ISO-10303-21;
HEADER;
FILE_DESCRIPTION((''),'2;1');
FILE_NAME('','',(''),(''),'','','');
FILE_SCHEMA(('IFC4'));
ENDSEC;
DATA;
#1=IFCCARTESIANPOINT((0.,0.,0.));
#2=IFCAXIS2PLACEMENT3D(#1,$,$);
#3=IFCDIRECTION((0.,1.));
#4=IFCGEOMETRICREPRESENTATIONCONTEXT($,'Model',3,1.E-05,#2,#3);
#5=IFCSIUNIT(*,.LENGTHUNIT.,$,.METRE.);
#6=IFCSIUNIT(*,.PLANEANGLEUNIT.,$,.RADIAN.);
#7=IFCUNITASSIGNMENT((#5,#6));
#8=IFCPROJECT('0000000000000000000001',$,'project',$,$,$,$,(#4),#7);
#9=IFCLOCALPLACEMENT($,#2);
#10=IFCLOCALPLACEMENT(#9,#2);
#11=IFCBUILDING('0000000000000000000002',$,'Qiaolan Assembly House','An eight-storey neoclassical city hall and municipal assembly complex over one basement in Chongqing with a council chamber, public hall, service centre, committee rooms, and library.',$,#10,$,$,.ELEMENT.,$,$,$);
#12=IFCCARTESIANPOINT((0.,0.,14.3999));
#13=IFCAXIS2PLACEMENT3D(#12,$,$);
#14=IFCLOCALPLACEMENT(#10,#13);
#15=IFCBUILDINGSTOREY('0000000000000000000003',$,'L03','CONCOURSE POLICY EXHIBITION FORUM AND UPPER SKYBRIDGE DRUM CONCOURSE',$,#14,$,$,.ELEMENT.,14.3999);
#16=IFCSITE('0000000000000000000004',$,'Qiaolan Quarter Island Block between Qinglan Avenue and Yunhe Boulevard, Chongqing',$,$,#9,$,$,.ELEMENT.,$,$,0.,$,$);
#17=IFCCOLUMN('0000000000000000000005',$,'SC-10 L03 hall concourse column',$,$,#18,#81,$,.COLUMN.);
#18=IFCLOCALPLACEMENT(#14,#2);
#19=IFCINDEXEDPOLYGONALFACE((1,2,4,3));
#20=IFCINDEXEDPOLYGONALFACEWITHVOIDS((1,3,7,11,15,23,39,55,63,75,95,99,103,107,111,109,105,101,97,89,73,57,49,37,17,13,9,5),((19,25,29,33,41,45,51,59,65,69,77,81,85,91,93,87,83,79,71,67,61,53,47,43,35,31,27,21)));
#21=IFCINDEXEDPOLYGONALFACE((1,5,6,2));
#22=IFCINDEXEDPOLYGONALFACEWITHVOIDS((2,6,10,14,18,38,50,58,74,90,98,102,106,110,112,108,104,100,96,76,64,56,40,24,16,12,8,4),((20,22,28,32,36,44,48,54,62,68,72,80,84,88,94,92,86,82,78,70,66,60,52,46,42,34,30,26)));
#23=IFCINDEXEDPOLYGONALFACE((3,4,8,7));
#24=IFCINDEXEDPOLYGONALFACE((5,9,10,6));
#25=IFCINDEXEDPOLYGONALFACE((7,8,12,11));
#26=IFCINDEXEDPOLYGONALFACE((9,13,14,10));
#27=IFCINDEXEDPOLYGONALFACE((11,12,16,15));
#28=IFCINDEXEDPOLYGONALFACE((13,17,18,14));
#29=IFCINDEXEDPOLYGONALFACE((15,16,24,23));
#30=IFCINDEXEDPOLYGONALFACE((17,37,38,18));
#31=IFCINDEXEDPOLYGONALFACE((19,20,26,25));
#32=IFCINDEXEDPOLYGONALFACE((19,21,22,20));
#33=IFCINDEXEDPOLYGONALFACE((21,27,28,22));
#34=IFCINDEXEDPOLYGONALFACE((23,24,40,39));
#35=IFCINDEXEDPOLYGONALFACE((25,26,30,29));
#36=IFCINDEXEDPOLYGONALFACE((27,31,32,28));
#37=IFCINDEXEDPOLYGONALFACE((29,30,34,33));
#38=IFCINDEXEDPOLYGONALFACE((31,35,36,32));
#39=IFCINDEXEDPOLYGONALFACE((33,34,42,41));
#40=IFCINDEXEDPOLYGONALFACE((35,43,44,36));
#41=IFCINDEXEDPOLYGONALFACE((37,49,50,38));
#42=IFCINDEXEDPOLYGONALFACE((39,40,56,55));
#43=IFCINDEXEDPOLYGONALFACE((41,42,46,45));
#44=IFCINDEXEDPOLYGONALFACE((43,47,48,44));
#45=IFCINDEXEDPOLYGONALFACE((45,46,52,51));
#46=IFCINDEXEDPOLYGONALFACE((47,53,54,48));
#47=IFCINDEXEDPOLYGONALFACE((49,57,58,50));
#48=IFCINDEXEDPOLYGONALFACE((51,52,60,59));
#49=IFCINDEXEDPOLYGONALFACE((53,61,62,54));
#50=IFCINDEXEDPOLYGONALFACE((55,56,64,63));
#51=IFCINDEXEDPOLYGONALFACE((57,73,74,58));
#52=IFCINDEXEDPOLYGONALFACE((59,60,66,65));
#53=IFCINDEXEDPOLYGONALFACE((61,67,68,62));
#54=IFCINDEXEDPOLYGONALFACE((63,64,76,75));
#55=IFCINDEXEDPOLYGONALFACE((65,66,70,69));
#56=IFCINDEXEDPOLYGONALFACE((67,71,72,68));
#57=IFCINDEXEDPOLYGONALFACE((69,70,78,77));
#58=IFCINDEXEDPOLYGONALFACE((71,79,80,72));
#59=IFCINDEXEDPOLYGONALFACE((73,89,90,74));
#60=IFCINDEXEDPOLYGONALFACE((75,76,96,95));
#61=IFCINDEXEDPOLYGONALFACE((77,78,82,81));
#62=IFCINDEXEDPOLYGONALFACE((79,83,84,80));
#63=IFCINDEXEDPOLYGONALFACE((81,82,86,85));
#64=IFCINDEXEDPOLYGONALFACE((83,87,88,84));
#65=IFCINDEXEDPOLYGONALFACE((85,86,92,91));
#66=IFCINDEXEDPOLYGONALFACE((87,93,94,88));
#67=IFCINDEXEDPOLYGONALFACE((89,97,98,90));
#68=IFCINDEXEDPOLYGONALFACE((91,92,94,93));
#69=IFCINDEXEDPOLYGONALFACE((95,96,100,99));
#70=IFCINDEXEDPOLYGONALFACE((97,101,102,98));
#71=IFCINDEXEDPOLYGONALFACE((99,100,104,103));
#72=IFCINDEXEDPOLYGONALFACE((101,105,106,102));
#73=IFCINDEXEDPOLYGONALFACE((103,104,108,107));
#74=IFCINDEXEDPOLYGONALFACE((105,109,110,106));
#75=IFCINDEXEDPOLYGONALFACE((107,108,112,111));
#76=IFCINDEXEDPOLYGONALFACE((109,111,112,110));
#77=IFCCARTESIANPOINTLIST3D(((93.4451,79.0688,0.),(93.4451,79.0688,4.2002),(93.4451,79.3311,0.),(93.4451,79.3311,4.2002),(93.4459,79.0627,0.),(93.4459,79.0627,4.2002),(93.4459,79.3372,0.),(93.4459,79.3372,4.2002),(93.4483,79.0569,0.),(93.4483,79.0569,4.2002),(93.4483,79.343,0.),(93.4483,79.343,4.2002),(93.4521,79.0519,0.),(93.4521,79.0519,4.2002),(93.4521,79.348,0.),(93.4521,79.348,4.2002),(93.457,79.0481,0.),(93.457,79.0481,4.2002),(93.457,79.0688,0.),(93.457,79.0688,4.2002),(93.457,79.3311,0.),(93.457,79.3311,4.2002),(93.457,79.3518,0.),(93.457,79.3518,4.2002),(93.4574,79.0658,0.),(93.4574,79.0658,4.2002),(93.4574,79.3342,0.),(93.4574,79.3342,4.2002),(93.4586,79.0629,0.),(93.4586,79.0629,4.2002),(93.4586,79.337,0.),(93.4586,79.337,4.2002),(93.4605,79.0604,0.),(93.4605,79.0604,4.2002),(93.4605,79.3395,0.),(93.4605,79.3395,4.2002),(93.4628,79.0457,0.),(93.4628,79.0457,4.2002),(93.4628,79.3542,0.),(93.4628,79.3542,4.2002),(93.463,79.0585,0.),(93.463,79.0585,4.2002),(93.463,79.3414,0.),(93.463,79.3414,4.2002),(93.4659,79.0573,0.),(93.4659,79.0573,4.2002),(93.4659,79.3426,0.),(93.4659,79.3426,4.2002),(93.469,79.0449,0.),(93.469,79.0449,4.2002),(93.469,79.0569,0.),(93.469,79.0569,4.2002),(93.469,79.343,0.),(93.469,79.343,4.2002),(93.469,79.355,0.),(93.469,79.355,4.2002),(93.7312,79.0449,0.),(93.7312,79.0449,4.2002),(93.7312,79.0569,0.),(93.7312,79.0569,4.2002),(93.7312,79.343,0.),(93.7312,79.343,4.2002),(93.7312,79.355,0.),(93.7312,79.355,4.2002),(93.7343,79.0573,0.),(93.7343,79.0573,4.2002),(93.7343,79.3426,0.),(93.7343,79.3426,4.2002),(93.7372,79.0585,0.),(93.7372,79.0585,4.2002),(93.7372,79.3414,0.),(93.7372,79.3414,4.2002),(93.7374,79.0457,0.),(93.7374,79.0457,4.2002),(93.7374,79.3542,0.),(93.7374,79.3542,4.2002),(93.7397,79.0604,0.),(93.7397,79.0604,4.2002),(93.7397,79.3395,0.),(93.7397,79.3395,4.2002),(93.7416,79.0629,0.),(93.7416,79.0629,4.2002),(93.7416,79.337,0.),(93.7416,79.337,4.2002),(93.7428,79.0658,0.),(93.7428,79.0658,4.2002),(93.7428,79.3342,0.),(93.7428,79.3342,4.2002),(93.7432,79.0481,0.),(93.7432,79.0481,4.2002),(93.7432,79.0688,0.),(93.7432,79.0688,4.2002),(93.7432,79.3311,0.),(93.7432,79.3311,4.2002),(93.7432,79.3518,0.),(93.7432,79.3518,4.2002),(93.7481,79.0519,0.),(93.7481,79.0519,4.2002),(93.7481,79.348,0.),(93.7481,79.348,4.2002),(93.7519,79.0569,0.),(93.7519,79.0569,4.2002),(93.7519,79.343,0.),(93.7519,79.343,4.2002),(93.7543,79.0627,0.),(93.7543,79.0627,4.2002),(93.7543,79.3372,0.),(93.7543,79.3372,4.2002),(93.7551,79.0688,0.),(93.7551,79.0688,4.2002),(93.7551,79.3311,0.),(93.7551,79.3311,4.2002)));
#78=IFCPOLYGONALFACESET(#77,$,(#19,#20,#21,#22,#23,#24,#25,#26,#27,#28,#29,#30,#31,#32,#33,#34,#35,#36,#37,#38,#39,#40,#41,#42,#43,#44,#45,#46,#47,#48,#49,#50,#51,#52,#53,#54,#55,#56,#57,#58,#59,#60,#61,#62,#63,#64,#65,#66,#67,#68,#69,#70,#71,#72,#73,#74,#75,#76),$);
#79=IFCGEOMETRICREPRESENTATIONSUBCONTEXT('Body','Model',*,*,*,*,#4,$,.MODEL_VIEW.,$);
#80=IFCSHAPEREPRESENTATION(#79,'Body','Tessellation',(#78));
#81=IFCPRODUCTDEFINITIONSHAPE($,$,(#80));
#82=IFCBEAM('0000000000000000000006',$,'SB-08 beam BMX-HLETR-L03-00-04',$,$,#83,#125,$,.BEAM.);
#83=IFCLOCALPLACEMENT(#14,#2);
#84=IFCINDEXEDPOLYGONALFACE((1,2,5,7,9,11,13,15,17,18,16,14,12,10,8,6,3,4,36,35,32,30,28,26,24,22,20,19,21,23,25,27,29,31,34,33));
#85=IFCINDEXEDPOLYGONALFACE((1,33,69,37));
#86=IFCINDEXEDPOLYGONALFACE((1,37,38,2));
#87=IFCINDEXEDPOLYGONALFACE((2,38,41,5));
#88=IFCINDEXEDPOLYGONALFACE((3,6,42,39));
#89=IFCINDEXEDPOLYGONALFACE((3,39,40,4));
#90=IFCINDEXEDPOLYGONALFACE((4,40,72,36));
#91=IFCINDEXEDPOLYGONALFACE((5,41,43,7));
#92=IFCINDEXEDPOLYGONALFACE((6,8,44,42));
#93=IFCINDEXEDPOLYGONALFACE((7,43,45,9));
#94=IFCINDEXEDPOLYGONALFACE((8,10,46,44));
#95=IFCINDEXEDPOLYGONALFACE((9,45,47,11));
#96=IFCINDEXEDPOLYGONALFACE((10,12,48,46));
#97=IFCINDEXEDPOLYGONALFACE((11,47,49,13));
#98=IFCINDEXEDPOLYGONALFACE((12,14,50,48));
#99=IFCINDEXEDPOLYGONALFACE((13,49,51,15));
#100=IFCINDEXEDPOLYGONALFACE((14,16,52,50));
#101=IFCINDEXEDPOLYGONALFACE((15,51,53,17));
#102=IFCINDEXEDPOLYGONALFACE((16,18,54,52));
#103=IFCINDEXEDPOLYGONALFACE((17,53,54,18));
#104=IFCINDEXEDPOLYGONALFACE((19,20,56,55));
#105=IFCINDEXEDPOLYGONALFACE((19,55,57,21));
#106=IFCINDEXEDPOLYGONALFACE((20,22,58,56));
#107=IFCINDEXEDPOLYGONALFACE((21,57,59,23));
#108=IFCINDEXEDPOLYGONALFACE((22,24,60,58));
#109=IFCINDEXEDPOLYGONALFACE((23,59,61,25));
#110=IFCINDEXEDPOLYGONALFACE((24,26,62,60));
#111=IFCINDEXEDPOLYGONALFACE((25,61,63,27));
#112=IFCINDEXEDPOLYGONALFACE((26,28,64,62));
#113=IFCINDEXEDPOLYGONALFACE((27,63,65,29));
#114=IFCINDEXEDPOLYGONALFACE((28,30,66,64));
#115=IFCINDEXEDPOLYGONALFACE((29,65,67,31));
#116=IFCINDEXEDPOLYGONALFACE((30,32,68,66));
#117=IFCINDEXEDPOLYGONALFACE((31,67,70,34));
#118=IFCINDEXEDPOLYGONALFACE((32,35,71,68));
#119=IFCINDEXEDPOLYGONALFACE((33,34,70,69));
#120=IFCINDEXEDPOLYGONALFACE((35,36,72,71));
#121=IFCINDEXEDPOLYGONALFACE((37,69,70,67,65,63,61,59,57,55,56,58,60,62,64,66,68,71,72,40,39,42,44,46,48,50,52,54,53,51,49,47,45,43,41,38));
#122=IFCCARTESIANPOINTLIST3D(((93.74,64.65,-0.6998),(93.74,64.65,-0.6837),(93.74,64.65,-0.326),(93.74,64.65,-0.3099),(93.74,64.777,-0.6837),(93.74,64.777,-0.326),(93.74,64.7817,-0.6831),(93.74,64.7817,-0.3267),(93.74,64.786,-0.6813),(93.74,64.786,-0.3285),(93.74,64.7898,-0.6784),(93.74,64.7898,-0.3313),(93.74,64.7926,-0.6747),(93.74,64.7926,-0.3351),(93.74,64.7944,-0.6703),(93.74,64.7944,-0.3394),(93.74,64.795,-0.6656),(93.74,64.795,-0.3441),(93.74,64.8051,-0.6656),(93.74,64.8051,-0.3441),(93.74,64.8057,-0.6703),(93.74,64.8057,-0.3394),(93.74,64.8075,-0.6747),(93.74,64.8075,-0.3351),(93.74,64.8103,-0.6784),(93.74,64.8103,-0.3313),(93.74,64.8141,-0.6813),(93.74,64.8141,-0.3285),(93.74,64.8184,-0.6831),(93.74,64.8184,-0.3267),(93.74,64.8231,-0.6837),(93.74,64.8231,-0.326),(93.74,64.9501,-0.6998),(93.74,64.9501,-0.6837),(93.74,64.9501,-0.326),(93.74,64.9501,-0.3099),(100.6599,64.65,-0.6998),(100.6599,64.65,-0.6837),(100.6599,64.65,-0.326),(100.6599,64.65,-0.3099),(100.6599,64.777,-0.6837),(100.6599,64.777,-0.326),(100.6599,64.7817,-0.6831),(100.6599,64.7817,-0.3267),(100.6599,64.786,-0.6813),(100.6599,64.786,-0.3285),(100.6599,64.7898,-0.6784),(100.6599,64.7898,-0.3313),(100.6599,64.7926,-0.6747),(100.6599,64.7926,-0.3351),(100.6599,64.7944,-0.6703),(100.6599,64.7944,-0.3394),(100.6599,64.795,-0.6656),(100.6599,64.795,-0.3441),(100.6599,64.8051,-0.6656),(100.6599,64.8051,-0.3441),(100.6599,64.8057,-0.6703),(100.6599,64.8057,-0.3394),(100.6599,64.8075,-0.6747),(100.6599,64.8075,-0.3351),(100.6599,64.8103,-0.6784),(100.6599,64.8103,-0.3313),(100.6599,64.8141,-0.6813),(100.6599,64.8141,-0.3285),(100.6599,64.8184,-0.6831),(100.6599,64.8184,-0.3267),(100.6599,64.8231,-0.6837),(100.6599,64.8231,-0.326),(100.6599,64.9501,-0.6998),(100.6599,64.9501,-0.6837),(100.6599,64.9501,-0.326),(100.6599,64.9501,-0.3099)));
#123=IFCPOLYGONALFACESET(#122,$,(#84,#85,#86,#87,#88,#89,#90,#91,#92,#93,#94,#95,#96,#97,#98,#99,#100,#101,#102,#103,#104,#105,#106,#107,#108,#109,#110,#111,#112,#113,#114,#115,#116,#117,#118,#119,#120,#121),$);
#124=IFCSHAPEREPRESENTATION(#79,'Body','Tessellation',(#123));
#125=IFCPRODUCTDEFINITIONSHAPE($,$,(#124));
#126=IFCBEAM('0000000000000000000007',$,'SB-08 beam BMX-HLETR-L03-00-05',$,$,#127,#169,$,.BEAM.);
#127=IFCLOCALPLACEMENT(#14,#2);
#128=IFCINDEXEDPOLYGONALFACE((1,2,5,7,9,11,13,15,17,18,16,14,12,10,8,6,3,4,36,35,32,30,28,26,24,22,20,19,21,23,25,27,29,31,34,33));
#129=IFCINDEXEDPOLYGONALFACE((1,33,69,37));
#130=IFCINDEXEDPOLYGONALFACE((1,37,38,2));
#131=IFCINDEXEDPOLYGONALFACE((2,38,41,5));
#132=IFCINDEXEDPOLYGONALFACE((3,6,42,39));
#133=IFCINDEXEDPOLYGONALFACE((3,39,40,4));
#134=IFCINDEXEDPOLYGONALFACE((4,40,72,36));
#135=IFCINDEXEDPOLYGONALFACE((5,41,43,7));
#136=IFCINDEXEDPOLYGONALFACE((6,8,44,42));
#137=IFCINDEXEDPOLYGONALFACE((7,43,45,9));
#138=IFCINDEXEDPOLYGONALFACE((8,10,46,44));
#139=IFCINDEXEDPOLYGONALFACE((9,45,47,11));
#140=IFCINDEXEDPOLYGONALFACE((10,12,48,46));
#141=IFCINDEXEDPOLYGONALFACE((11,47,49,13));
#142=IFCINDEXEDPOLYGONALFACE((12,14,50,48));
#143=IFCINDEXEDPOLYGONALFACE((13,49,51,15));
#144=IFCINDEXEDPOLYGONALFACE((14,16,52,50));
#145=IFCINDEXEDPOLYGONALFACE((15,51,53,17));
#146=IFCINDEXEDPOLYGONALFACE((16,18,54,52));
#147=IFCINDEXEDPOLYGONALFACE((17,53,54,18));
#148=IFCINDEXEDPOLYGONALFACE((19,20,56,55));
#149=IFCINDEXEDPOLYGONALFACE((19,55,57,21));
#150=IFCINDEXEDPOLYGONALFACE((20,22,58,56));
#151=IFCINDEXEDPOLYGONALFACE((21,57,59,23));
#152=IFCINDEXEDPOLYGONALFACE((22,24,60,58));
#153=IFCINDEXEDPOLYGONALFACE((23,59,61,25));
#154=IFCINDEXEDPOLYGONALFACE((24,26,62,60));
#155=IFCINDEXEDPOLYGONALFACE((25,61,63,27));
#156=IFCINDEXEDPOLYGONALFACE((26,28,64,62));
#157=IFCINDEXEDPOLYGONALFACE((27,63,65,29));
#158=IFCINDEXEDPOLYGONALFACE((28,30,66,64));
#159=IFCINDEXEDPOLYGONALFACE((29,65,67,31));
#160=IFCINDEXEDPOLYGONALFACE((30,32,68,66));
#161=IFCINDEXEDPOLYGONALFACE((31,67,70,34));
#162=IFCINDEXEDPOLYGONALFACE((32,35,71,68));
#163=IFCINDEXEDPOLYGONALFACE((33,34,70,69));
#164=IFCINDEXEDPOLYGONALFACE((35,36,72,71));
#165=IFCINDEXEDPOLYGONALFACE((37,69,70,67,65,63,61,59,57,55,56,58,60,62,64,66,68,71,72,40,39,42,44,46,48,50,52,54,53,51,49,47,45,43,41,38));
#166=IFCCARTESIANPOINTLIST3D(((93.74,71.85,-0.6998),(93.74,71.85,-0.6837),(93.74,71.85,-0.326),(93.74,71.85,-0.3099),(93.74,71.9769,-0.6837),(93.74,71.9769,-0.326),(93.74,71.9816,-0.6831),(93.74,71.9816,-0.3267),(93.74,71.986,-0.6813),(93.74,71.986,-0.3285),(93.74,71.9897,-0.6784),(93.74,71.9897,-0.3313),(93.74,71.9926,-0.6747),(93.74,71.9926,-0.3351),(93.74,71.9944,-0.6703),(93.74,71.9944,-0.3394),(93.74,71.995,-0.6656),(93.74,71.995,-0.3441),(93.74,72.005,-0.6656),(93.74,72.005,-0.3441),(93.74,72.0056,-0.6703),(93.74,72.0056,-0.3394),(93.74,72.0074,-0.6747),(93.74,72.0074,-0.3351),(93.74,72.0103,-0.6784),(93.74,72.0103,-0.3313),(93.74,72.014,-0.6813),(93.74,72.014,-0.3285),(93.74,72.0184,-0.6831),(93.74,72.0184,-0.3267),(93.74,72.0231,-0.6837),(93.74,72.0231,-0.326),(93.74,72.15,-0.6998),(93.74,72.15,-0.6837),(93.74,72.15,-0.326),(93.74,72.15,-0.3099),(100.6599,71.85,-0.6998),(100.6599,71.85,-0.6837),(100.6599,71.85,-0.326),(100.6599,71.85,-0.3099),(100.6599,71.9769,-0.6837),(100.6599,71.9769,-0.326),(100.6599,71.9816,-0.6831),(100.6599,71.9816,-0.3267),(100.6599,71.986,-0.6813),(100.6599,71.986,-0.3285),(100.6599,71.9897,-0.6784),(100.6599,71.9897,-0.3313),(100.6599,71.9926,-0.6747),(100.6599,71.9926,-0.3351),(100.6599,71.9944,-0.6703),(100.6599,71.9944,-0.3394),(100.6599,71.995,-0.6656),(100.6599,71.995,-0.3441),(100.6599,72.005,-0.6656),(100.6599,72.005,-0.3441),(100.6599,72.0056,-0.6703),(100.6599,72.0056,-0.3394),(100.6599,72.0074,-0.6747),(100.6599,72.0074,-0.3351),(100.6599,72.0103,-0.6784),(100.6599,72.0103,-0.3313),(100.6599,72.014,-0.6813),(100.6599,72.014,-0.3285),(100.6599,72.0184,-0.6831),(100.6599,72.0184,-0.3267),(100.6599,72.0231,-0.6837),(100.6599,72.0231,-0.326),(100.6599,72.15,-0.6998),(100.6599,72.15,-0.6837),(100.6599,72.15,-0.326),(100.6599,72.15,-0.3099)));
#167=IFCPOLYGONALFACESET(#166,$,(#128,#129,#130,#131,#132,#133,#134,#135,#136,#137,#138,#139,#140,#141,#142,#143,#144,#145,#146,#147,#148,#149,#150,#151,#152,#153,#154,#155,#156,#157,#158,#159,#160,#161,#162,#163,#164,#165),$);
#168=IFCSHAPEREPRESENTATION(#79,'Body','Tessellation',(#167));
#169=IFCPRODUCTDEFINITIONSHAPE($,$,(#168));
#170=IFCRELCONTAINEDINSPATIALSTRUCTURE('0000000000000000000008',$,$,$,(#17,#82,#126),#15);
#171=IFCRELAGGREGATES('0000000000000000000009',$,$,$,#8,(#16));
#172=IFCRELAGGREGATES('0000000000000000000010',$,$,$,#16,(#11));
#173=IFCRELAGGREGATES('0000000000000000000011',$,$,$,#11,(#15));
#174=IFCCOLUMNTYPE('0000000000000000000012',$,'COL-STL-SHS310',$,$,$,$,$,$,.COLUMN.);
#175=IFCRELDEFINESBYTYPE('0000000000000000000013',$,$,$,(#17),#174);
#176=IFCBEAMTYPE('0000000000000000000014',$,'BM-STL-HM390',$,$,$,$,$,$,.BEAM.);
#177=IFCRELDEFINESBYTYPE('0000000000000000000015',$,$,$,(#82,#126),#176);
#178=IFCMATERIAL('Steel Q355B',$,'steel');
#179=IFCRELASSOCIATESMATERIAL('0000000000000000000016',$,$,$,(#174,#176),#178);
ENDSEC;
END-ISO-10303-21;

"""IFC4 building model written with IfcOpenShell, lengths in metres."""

from ifc_helpers import new_model, si_unit, direction, frame, origin, origin_2d, place, context, subcontext, project, spatial, hollow_rectangle, i_section, extrude, material, material_profile, profile_set, type_object, element, save


model = new_model("IFC4")

# Units and contexts
model_context = context("Model", 3, precision=1e-05, world=origin(), true_north=direction((0.0, 1.0)))
body_context = subcontext(model_context, "Body", "Model", "MODEL_VIEW")
ifc_project = project(units=[si_unit("LENGTHUNIT", "METRE"), si_unit("PLANEANGLEUNIT", "RADIAN")], contexts=[model_context])

# Site, building, storey
site_placement = place(None, origin())
site = spatial("IfcSite", under=ifc_project, at=site_placement, Name="Qiaolan Quarter Island Block between Qinglan Avenue and Yunhe Boulevard, Chongqing", CompositionType="ELEMENT", RefElevation=0.0)
building_placement = place(site_placement, origin())
building = spatial("IfcBuilding", under=site, at=building_placement, Name="Qiaolan Assembly House", Description="An eight-storey neoclassical city hall and municipal assembly complex over one basement in Chongqing with a council chamber, public hall, service centre, committee rooms, and library.", CompositionType="ELEMENT")
storey_placement = place(building_placement, frame((0.0, 0.0, 14.3999)))
storey = spatial("IfcBuildingStorey", under=building, at=storey_placement, Name="L03", Description="CONCOURSE POLICY EXHIBITION FORUM AND UPPER SKYBRIDGE DRUM CONCOURSE", CompositionType="ELEMENT", Elevation=14.3999)

# Column
ifc_material_1 = material(Name="Steel Q355B", Category="steel")
ifc_material_profile_1 = material_profile(ifc_material_1, hollow_rectangle(XDim=0.3101, YDim=0.3101, WallThickness=0.012, InnerFilletRadius=0.012, OuterFilletRadius=0.0239, at=origin_2d()), Name="SHS 310x310x12")
ifc_profile_set_1 = profile_set([ifc_material_profile_1], Name="Steel Q355B")
column_type = type_object("IfcColumnType", Name="COL-STL-SHS310", PredefinedType="COLUMN", material=ifc_profile_set_1)
column_placement = place(storey_placement, frame((93.6001, 79.2, 0.0), z_axis=(0.0, 0.0, 1.0), x_axis=(1.0, 0.0, 0.0)))
element("IfcColumn", 1, at=column_placement, inside=storey, type_object=column_type, Name="SC-10 L03 hall concourse column", PredefinedType="COLUMN", context=body_context, shape_type="SweptSolid", body=[
    extrude(hollow_rectangle(XDim=0.3101, YDim=0.3101, WallThickness=0.012, InnerFilletRadius=0.012, OuterFilletRadius=0.0239, at=origin_2d()), origin(), (0.0, 0.0, 1.0), 4.2002),
])

# Beams
ifc_material_profile_2 = material_profile(ifc_material_1, i_section(OverallWidth=0.3, OverallDepth=0.3899, WebThickness=0.01, FlangeThickness=0.0161, FilletRadius=0.0181, at=origin_2d()), Name="HM 390x300x10x16")
ifc_profile_set_2 = profile_set([ifc_material_profile_2], Name="Steel Q355B")
beam_type_1 = type_object("IfcBeamType", Name="BM-STL-HM390", PredefinedType="BEAM", material=ifc_profile_set_2)
for number, where, z_axis, x_axis, name in (
    (2, (93.74, 64.8, -0.5049), (1.0, 0.0, 0.0), (0.0, 1.0, 0.0), "SB-08 beam BMX-HLETR-L03-00-04"),
    (3, (93.74, 72.0, -0.5049), (1.0, 0.0, 0.0), (0.0, 1.0, 0.0), "SB-08 beam BMX-HLETR-L03-00-05"),
):
    element("IfcBeam", number, at=place(storey_placement, frame(where, z_axis=z_axis, x_axis=x_axis)), inside=storey, type_object=beam_type_1, Name=name, PredefinedType="BEAM", context=body_context, shape_type="SweptSolid", body=[
        extrude(i_section(OverallWidth=0.3, OverallDepth=0.3899, WebThickness=0.01, FlangeThickness=0.0161, FilletRadius=0.0181, at=origin_2d()), origin(), (0.0, 0.0, 1.0), 6.9199),
    ])

save(model, "model.ifc")
